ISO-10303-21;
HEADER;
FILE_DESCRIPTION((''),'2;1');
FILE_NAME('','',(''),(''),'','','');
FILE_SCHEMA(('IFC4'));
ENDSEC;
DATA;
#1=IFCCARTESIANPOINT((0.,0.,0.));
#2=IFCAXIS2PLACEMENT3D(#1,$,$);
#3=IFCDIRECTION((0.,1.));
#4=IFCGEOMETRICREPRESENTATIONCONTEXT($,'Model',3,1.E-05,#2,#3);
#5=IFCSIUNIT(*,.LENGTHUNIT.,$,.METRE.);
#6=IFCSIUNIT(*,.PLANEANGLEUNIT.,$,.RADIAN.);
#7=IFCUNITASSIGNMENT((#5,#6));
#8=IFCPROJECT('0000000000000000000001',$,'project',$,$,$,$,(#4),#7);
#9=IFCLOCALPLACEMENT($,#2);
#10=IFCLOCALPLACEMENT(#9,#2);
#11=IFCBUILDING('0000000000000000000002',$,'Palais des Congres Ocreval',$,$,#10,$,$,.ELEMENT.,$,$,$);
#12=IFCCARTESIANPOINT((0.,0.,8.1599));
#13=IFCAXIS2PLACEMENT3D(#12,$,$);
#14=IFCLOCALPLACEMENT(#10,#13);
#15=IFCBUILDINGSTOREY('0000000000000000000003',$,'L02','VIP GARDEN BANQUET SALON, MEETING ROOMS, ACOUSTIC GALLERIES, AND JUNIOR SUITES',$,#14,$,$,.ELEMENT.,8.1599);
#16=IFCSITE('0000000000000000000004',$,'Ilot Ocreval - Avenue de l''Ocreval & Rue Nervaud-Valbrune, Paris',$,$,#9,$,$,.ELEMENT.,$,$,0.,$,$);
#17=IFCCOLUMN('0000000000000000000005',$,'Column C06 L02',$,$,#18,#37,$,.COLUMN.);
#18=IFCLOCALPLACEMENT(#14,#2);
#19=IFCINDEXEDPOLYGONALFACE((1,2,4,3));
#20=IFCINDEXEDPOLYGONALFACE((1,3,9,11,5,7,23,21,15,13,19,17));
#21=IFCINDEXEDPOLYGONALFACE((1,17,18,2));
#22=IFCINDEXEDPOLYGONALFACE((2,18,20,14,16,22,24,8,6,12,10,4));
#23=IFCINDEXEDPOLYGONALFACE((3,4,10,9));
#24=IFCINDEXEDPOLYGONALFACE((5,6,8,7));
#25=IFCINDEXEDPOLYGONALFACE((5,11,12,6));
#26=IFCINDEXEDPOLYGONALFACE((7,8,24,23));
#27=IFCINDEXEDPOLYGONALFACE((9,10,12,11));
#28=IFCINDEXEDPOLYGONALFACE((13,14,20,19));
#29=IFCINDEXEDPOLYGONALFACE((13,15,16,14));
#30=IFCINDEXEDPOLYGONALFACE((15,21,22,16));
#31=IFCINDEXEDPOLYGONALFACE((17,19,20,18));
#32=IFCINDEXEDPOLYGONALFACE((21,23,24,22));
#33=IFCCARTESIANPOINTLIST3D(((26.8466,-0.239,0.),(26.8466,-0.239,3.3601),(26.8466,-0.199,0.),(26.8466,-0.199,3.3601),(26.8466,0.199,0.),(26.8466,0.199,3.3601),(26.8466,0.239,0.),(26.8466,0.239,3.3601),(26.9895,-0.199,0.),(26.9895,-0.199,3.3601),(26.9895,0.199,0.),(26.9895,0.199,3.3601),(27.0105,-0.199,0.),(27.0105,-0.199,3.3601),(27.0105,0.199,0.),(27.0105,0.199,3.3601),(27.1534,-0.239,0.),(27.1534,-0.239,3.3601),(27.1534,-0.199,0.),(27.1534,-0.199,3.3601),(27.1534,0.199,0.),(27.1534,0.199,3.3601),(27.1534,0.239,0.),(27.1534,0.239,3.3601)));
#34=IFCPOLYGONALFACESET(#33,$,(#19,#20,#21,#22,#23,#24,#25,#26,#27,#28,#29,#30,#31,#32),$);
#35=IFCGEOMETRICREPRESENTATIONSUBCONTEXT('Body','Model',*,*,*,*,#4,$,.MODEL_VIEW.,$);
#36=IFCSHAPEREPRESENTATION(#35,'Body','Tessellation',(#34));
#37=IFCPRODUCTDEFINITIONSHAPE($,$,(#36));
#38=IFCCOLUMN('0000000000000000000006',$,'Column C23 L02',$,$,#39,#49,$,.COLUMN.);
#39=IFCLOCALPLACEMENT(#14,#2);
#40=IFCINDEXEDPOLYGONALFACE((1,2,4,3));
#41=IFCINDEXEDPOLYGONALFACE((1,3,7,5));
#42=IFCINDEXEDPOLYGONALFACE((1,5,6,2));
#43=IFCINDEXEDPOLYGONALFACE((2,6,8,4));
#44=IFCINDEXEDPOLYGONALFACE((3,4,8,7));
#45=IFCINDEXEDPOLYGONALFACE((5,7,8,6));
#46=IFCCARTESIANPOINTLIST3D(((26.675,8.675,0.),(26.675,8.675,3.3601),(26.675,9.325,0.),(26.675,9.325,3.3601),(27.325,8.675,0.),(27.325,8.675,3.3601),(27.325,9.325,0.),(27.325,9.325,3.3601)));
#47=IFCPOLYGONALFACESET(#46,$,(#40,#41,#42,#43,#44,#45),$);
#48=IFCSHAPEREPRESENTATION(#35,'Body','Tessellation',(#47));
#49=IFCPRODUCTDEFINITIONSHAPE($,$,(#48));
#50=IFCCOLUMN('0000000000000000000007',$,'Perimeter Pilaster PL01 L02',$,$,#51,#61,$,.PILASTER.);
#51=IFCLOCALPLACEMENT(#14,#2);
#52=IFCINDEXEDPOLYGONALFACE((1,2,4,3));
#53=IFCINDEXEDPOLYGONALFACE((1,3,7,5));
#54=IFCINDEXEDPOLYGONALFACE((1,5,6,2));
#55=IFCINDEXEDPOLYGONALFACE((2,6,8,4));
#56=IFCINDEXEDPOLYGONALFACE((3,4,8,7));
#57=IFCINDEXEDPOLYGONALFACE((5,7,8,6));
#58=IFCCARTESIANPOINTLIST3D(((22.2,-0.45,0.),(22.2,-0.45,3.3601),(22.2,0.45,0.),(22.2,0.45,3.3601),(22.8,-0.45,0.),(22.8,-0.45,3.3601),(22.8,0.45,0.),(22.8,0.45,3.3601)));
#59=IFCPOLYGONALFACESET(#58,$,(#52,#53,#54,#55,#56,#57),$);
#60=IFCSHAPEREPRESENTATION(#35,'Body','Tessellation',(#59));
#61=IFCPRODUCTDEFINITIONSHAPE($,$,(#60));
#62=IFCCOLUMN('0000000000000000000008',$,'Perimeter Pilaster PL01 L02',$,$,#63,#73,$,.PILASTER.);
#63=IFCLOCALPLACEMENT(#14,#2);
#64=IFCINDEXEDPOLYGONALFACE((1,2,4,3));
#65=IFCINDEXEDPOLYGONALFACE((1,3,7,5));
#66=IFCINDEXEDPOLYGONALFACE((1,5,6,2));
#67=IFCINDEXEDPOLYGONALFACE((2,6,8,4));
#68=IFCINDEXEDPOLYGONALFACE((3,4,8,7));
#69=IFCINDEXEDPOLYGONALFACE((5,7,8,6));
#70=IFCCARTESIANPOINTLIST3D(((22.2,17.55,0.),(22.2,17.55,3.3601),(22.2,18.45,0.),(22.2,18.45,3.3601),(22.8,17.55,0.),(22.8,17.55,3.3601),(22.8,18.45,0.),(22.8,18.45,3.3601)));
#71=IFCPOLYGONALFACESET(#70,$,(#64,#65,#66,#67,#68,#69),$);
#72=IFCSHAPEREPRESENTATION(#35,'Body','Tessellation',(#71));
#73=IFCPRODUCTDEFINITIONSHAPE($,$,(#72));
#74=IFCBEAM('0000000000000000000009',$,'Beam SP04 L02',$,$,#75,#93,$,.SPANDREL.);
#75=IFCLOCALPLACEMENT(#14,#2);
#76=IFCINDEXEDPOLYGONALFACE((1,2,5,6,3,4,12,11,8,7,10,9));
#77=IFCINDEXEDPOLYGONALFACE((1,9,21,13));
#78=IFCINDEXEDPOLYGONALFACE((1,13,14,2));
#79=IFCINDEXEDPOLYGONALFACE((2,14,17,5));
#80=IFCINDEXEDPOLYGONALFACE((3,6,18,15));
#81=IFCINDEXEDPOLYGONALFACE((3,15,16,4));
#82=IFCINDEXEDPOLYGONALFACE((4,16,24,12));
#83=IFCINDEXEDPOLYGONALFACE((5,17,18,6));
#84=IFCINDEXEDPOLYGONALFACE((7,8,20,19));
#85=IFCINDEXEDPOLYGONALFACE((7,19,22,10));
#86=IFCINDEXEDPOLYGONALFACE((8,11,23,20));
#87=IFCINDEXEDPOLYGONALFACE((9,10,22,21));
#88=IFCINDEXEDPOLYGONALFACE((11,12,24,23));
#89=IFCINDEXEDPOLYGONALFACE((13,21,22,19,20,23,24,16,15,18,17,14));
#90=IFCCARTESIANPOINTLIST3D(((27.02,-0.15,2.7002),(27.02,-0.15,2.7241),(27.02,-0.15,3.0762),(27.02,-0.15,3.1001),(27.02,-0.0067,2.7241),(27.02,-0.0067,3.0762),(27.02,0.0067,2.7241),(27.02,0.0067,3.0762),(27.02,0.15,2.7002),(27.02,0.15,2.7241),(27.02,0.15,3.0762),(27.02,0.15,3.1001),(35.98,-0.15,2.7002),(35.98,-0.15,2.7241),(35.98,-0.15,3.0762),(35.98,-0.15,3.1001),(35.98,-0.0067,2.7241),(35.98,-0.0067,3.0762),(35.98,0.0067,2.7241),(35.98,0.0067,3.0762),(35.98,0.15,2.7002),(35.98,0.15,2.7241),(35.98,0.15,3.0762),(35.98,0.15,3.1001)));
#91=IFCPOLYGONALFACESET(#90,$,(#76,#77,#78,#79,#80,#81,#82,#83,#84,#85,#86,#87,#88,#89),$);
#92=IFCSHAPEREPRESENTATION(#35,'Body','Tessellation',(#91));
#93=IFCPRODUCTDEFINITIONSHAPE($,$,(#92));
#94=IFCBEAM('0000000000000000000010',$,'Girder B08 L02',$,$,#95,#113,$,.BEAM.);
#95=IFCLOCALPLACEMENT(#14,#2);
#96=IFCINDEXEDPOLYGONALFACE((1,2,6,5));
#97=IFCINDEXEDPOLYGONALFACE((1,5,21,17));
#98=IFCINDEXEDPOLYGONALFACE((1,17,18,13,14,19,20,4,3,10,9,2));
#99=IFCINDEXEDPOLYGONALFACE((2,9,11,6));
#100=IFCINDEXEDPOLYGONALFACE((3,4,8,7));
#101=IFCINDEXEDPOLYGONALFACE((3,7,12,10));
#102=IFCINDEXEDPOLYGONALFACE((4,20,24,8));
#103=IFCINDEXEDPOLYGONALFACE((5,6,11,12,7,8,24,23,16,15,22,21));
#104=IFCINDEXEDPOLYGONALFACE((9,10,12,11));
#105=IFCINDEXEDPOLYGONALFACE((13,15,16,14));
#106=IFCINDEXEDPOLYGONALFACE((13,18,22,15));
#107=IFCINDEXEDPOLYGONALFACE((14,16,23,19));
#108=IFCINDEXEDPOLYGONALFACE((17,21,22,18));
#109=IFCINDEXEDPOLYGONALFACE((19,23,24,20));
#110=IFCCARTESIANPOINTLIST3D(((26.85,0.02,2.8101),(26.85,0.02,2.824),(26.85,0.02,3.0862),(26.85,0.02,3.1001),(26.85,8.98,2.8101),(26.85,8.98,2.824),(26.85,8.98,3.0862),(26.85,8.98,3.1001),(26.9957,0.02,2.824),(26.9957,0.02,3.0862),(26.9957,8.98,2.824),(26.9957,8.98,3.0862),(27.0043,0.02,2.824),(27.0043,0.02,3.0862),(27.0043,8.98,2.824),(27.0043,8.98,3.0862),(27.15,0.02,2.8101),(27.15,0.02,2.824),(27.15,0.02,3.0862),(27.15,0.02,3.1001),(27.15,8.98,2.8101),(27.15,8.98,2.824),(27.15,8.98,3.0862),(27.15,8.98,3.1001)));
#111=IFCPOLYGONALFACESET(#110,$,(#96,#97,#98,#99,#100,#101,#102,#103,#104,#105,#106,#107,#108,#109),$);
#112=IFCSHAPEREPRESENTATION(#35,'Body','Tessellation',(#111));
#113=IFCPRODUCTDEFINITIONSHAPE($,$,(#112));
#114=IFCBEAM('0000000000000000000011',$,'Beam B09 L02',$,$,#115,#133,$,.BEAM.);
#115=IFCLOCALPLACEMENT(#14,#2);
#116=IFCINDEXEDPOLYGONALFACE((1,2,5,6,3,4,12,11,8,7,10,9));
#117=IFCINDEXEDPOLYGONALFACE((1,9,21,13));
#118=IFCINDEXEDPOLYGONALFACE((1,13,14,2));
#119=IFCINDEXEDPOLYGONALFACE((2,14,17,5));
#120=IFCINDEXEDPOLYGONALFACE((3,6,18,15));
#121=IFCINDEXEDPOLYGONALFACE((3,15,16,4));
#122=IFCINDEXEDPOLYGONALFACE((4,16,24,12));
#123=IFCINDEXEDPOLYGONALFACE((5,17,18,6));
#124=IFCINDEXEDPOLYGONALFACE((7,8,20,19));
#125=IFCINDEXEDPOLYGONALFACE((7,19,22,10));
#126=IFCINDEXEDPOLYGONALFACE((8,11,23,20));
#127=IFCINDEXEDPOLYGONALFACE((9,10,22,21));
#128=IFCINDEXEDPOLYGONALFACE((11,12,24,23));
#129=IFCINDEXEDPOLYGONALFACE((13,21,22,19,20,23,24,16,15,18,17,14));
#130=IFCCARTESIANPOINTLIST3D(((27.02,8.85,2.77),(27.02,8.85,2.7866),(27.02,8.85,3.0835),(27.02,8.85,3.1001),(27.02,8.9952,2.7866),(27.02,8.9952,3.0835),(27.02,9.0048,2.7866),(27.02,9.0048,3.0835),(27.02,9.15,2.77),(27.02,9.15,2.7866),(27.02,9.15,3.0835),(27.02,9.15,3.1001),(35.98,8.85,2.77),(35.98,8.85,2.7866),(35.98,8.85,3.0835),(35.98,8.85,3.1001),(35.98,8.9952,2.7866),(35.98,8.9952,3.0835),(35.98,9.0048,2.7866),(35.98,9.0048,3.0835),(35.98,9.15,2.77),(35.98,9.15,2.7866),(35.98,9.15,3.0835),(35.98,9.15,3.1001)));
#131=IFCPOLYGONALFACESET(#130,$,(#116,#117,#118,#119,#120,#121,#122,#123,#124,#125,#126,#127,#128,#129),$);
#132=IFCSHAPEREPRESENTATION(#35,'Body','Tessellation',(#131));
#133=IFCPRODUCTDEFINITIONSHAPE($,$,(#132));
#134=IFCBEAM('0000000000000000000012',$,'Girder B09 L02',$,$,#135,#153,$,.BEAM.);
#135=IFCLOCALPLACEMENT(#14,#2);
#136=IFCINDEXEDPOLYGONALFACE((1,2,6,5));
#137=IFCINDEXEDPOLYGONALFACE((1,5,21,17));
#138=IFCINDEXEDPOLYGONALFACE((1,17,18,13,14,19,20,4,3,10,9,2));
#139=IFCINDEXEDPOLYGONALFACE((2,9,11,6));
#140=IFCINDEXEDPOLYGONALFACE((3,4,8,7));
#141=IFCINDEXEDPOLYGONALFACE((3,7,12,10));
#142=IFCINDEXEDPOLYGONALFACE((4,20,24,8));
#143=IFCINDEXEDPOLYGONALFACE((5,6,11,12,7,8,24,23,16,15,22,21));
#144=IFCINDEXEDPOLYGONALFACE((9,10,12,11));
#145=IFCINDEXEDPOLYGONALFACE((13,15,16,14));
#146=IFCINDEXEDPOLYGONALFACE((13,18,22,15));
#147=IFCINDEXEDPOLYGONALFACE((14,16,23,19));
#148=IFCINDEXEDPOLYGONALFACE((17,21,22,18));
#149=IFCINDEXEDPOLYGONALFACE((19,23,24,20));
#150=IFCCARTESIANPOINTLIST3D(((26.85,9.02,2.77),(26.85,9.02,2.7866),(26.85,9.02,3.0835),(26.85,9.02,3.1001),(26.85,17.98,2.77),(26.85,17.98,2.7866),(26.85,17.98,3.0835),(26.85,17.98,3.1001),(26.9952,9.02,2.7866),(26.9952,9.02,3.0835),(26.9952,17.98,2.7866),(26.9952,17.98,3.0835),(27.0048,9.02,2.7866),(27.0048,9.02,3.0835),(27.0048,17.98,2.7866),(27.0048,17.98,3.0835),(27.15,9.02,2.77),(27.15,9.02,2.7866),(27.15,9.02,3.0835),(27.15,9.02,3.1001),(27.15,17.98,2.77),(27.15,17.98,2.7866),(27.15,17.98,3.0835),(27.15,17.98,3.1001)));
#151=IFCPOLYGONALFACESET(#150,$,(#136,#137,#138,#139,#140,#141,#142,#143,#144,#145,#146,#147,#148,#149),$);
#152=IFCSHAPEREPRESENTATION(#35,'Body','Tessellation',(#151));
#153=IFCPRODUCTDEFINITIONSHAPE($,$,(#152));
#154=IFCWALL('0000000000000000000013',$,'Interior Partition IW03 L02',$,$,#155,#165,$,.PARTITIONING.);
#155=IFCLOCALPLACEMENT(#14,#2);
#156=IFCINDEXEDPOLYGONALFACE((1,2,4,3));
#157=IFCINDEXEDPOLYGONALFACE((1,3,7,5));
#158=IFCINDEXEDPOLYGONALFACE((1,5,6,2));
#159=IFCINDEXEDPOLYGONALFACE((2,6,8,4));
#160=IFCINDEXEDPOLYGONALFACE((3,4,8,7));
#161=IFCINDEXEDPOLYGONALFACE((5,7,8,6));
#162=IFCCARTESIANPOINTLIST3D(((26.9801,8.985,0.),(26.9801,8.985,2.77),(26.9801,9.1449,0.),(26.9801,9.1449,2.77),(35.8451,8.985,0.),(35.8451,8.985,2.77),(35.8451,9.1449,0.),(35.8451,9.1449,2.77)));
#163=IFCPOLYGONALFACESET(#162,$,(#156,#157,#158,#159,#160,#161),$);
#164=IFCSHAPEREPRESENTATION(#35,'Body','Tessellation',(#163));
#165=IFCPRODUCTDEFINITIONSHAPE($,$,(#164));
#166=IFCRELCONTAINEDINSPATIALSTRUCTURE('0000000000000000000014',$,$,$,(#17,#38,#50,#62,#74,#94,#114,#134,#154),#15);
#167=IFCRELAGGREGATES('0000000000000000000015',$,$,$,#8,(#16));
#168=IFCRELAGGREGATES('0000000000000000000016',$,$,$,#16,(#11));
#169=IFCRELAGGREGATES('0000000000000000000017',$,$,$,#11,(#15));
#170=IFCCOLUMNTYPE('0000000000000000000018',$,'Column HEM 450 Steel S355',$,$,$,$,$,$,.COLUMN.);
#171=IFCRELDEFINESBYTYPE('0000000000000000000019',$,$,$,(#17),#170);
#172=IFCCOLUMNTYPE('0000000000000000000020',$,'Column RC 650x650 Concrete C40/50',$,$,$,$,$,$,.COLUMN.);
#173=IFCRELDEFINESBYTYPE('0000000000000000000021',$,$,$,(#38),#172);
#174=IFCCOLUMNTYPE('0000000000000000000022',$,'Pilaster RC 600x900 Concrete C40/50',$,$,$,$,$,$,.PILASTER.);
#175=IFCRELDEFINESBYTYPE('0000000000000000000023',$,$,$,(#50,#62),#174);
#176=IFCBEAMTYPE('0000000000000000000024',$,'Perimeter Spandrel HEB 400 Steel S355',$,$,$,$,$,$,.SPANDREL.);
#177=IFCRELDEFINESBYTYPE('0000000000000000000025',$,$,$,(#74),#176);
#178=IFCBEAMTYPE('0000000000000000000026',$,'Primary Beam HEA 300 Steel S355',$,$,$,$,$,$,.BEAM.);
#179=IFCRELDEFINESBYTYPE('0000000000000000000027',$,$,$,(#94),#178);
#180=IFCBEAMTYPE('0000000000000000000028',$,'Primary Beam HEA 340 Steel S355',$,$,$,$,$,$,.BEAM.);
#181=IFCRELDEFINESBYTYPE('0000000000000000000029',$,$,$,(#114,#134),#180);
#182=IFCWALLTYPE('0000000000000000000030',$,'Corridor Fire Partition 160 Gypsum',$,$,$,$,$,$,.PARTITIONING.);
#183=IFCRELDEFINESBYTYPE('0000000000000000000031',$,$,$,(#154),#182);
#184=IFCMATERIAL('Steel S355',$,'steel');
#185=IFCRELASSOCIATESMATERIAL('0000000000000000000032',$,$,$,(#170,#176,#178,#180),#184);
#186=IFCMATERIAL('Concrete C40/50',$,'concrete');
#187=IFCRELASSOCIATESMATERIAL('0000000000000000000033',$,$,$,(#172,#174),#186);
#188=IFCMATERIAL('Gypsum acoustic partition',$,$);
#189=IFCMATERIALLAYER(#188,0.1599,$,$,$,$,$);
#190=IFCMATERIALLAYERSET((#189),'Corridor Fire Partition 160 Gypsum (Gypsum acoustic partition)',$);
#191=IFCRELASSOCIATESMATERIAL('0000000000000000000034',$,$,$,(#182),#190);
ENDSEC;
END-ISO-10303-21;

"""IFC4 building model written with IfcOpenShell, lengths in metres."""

from ifc_helpers import new_model, si_unit, direction, frame, frame_2d, origin, origin_2d, place, context, subcontext, project, spatial, rectangle, i_section, extrude, material, layer, layer_set, material_profile, profile_set, type_object, element, save


model = new_model("IFC4")

# Units and contexts
model_context = context("Model", 3, precision=1e-05, world=origin(), true_north=direction((0.0, 1.0)))
body_context = subcontext(model_context, "Body", "Model", "MODEL_VIEW")
ifc_project = project(units=[si_unit("LENGTHUNIT", "METRE"), si_unit("PLANEANGLEUNIT", "RADIAN")], contexts=[model_context])

# Site, building, storey
site_placement = place(None, origin())
site = spatial("IfcSite", under=ifc_project, at=site_placement, Name="Ilot Ocreval - Avenue de l'Ocreval & Rue Nervaud-Valbrune, Paris", CompositionType="ELEMENT", RefElevation=0.0)
building_placement = place(site_placement, origin())
building = spatial("IfcBuilding", under=site, at=building_placement, Name="Palais des Congres Ocreval", CompositionType="ELEMENT")
storey_placement = place(building_placement, frame((0.0, 0.0, 8.1599)))
storey = spatial("IfcBuildingStorey", under=building, at=storey_placement, Name="L02", Description="VIP GARDEN BANQUET SALON, MEETING ROOMS, ACOUSTIC GALLERIES, AND JUNIOR SUITES", CompositionType="ELEMENT", Elevation=8.1599)

# Columns
ifc_material_1 = material(Name="Steel S355", Category="steel")
ifc_material_profile_1 = material_profile(ifc_material_1, i_section(OverallWidth=0.3069, OverallDepth=0.478, WebThickness=0.021, FlangeThickness=0.04, at=origin_2d()), Name="HEM 450")
ifc_profile_set_1 = profile_set([ifc_material_profile_1], Name="Steel S355")
column_type_1 = type_object("IfcColumnType", Name="Column HEM 450 Steel S355", PredefinedType="COLUMN", material=ifc_profile_set_1)
column_1_placement = place(storey_placement, frame((27.0, 0.0, 0.0), z_axis=(0.0, 0.0, 1.0), x_axis=(1.0, 0.0, 0.0)))
element("IfcColumn", 1, at=column_1_placement, inside=storey, type_object=column_type_1, Name="Column C06 L02", PredefinedType="COLUMN", context=body_context, shape_type="SweptSolid", body=[
    extrude(i_section(OverallWidth=0.3069, OverallDepth=0.478, WebThickness=0.021, FlangeThickness=0.04, at=origin_2d()), origin(), (0.0, 0.0, 1.0), 3.3601),
])
ifc_material_2 = material(Name="Concrete C40/50", Category="concrete")
ifc_material_profile_2 = material_profile(ifc_material_2, rectangle(XDim=0.6499, YDim=0.6499, at=origin_2d()), Name="RC 650x650")
ifc_profile_set_2 = profile_set([ifc_material_profile_2], Name="Concrete C40/50")
column_type_2 = type_object("IfcColumnType", Name="Column RC 650x650 Concrete C40/50", PredefinedType="COLUMN", material=ifc_profile_set_2)
column_2_placement = place(storey_placement, frame((27.0, 9.0, 0.0), z_axis=(0.0, 0.0, 1.0), x_axis=(1.0, 0.0, 0.0)))
element("IfcColumn", 2, at=column_2_placement, inside=storey, type_object=column_type_2, Name="Column C23 L02", PredefinedType="COLUMN", context=body_context, shape_type="SweptSolid", body=[
    extrude(rectangle(XDim=0.6499, YDim=0.6499, at=origin_2d()), origin(), (0.0, 0.0, 1.0), 3.3601),
])
ifc_material_profile_3 = material_profile(ifc_material_2, rectangle(XDim=0.6001, YDim=0.8999, at=origin_2d()), Name="RC 600x900")
ifc_profile_set_3 = profile_set([ifc_material_profile_3], Name="Concrete C40/50")
column_type_3 = type_object("IfcColumnType", Name="Pilaster RC 600x900 Concrete C40/50", PredefinedType="PILASTER", material=ifc_profile_set_3)
for number, where, z_axis, x_axis, name in (
    (3, (22.5, 0.0, 0.0), (0.0, 0.0, 1.0), (1.0, 0.0, 0.0), "Perimeter Pilaster PL01 L02"),
    (4, (22.5, 18.0, 0.0), (0.0, 0.0, 1.0), (1.0, 0.0, 0.0), "Perimeter Pilaster PL01 L02"),
):
    element("IfcColumn", number, at=place(storey_placement, frame(where, z_axis=z_axis, x_axis=x_axis)), inside=storey, type_object=column_type_3, Name=name, PredefinedType="PILASTER", context=body_context, shape_type="SweptSolid", body=[
        extrude(rectangle(XDim=0.6001, YDim=0.8999, at=origin_2d()), origin(), (0.0, 0.0, 1.0), 3.3601),
    ])

# Beams
ifc_material_profile_4 = material_profile(ifc_material_1, i_section(OverallWidth=0.3, OverallDepth=0.3999, WebThickness=0.0134, FlangeThickness=0.0239, at=origin_2d()), Name="HEB 400")
ifc_profile_set_4 = profile_set([ifc_material_profile_4], Name="Steel S355")
beam_type_1 = type_object("IfcBeamType", Name="Perimeter Spandrel HEB 400 Steel S355", PredefinedType="SPANDREL", material=ifc_profile_set_4)
beam_1_placement = place(storey_placement, frame((27.02, 0.0, 2.9001), z_axis=(1.0, 0.0, 0.0), x_axis=(0.0, 1.0, 0.0)))
element("IfcBeam", 5, at=beam_1_placement, inside=storey, type_object=beam_type_1, Name="Beam SP04 L02", PredefinedType="SPANDREL", context=body_context, shape_type="SweptSolid", body=[
    extrude(i_section(OverallWidth=0.3, OverallDepth=0.3999, WebThickness=0.0134, FlangeThickness=0.0239, at=origin_2d()), origin(), (0.0, 0.0, 1.0), 8.96),
])
ifc_material_profile_5 = material_profile(ifc_material_1, i_section(OverallWidth=0.3, OverallDepth=0.29, WebThickness=0.0085, FlangeThickness=0.0139, at=origin_2d()), Name="HEA 300")
ifc_profile_set_5 = profile_set([ifc_material_profile_5], Name="Steel S355")
beam_type_2 = type_object("IfcBeamType", Name="Primary Beam HEA 300 Steel S355", PredefinedType="BEAM", material=ifc_profile_set_5)
beam_2_placement = place(storey_placement, frame((27.0, 0.02, 2.9551), z_axis=(0.0, 1.0, 0.0), x_axis=(-1.0, 0.0, 0.0)))
element("IfcBeam", 6, at=beam_2_placement, inside=storey, type_object=beam_type_2, Name="Girder B08 L02", PredefinedType="BEAM", context=body_context, shape_type="SweptSolid", body=[
    extrude(i_section(OverallWidth=0.3, OverallDepth=0.29, WebThickness=0.0085, FlangeThickness=0.0139, at=origin_2d()), origin(), (0.0, 0.0, 1.0), 8.96),
])
ifc_material_profile_6 = material_profile(ifc_material_1, i_section(OverallWidth=0.3, OverallDepth=0.3301, WebThickness=0.0095, FlangeThickness=0.0166, at=origin_2d()), Name="HEA 340")
ifc_profile_set_6 = profile_set([ifc_material_profile_6], Name="Steel S355")
beam_type_3 = type_object("IfcBeamType", Name="Primary Beam HEA 340 Steel S355", PredefinedType="BEAM", material=ifc_profile_set_6)
for number, where, z_axis, x_axis, name in (
    (7, (27.02, 9.0, 2.9351), (1.0, 0.0, 0.0), (0.0, 1.0, 0.0), "Beam B09 L02"),
    (8, (27.0, 9.02, 2.9351), (0.0, 1.0, 0.0), (-1.0, 0.0, 0.0), "Girder B09 L02"),
):
    element("IfcBeam", number, at=place(storey_placement, frame(where, z_axis=z_axis, x_axis=x_axis)), inside=storey, type_object=beam_type_3, Name=name, PredefinedType="BEAM", context=body_context, shape_type="SweptSolid", body=[
        extrude(i_section(OverallWidth=0.3, OverallDepth=0.3301, WebThickness=0.0095, FlangeThickness=0.0166, at=origin_2d()), origin(), (0.0, 0.0, 1.0), 8.96),
    ])

# Wall
ifc_material_3 = material(Name="Gypsum acoustic partition")
ifc_layer_1 = layer(ifc_material_3, 0.1599)
ifc_layer_set_1 = layer_set([ifc_layer_1], Name="Corridor Fire Partition 160 Gypsum (Gypsum acoustic partition)")
wall_type_1 = type_object("IfcWallType", Name="Corridor Fire Partition 160 Gypsum", PredefinedType="PARTITIONING", material=ifc_layer_set_1)
wall_1_placement = place(storey_placement, frame((26.98, 9.0649, 0.0), z_axis=(0.0, 0.0, 1.0), x_axis=(1.0, 0.0, 0.0)))
element("IfcWall", 9, at=wall_1_placement, inside=storey, type_object=wall_type_1, Name="Interior Partition IW03 L02", PredefinedType="PARTITIONING", context=body_context, shape_type="SweptSolid", body=[
    extrude(rectangle(XDim=8.865, YDim=0.1599, at=frame_2d((4.4326, 0.0))), origin(), (0.0, 0.0, 1.0), 2.77),
])

save(model, "model.ifc")
